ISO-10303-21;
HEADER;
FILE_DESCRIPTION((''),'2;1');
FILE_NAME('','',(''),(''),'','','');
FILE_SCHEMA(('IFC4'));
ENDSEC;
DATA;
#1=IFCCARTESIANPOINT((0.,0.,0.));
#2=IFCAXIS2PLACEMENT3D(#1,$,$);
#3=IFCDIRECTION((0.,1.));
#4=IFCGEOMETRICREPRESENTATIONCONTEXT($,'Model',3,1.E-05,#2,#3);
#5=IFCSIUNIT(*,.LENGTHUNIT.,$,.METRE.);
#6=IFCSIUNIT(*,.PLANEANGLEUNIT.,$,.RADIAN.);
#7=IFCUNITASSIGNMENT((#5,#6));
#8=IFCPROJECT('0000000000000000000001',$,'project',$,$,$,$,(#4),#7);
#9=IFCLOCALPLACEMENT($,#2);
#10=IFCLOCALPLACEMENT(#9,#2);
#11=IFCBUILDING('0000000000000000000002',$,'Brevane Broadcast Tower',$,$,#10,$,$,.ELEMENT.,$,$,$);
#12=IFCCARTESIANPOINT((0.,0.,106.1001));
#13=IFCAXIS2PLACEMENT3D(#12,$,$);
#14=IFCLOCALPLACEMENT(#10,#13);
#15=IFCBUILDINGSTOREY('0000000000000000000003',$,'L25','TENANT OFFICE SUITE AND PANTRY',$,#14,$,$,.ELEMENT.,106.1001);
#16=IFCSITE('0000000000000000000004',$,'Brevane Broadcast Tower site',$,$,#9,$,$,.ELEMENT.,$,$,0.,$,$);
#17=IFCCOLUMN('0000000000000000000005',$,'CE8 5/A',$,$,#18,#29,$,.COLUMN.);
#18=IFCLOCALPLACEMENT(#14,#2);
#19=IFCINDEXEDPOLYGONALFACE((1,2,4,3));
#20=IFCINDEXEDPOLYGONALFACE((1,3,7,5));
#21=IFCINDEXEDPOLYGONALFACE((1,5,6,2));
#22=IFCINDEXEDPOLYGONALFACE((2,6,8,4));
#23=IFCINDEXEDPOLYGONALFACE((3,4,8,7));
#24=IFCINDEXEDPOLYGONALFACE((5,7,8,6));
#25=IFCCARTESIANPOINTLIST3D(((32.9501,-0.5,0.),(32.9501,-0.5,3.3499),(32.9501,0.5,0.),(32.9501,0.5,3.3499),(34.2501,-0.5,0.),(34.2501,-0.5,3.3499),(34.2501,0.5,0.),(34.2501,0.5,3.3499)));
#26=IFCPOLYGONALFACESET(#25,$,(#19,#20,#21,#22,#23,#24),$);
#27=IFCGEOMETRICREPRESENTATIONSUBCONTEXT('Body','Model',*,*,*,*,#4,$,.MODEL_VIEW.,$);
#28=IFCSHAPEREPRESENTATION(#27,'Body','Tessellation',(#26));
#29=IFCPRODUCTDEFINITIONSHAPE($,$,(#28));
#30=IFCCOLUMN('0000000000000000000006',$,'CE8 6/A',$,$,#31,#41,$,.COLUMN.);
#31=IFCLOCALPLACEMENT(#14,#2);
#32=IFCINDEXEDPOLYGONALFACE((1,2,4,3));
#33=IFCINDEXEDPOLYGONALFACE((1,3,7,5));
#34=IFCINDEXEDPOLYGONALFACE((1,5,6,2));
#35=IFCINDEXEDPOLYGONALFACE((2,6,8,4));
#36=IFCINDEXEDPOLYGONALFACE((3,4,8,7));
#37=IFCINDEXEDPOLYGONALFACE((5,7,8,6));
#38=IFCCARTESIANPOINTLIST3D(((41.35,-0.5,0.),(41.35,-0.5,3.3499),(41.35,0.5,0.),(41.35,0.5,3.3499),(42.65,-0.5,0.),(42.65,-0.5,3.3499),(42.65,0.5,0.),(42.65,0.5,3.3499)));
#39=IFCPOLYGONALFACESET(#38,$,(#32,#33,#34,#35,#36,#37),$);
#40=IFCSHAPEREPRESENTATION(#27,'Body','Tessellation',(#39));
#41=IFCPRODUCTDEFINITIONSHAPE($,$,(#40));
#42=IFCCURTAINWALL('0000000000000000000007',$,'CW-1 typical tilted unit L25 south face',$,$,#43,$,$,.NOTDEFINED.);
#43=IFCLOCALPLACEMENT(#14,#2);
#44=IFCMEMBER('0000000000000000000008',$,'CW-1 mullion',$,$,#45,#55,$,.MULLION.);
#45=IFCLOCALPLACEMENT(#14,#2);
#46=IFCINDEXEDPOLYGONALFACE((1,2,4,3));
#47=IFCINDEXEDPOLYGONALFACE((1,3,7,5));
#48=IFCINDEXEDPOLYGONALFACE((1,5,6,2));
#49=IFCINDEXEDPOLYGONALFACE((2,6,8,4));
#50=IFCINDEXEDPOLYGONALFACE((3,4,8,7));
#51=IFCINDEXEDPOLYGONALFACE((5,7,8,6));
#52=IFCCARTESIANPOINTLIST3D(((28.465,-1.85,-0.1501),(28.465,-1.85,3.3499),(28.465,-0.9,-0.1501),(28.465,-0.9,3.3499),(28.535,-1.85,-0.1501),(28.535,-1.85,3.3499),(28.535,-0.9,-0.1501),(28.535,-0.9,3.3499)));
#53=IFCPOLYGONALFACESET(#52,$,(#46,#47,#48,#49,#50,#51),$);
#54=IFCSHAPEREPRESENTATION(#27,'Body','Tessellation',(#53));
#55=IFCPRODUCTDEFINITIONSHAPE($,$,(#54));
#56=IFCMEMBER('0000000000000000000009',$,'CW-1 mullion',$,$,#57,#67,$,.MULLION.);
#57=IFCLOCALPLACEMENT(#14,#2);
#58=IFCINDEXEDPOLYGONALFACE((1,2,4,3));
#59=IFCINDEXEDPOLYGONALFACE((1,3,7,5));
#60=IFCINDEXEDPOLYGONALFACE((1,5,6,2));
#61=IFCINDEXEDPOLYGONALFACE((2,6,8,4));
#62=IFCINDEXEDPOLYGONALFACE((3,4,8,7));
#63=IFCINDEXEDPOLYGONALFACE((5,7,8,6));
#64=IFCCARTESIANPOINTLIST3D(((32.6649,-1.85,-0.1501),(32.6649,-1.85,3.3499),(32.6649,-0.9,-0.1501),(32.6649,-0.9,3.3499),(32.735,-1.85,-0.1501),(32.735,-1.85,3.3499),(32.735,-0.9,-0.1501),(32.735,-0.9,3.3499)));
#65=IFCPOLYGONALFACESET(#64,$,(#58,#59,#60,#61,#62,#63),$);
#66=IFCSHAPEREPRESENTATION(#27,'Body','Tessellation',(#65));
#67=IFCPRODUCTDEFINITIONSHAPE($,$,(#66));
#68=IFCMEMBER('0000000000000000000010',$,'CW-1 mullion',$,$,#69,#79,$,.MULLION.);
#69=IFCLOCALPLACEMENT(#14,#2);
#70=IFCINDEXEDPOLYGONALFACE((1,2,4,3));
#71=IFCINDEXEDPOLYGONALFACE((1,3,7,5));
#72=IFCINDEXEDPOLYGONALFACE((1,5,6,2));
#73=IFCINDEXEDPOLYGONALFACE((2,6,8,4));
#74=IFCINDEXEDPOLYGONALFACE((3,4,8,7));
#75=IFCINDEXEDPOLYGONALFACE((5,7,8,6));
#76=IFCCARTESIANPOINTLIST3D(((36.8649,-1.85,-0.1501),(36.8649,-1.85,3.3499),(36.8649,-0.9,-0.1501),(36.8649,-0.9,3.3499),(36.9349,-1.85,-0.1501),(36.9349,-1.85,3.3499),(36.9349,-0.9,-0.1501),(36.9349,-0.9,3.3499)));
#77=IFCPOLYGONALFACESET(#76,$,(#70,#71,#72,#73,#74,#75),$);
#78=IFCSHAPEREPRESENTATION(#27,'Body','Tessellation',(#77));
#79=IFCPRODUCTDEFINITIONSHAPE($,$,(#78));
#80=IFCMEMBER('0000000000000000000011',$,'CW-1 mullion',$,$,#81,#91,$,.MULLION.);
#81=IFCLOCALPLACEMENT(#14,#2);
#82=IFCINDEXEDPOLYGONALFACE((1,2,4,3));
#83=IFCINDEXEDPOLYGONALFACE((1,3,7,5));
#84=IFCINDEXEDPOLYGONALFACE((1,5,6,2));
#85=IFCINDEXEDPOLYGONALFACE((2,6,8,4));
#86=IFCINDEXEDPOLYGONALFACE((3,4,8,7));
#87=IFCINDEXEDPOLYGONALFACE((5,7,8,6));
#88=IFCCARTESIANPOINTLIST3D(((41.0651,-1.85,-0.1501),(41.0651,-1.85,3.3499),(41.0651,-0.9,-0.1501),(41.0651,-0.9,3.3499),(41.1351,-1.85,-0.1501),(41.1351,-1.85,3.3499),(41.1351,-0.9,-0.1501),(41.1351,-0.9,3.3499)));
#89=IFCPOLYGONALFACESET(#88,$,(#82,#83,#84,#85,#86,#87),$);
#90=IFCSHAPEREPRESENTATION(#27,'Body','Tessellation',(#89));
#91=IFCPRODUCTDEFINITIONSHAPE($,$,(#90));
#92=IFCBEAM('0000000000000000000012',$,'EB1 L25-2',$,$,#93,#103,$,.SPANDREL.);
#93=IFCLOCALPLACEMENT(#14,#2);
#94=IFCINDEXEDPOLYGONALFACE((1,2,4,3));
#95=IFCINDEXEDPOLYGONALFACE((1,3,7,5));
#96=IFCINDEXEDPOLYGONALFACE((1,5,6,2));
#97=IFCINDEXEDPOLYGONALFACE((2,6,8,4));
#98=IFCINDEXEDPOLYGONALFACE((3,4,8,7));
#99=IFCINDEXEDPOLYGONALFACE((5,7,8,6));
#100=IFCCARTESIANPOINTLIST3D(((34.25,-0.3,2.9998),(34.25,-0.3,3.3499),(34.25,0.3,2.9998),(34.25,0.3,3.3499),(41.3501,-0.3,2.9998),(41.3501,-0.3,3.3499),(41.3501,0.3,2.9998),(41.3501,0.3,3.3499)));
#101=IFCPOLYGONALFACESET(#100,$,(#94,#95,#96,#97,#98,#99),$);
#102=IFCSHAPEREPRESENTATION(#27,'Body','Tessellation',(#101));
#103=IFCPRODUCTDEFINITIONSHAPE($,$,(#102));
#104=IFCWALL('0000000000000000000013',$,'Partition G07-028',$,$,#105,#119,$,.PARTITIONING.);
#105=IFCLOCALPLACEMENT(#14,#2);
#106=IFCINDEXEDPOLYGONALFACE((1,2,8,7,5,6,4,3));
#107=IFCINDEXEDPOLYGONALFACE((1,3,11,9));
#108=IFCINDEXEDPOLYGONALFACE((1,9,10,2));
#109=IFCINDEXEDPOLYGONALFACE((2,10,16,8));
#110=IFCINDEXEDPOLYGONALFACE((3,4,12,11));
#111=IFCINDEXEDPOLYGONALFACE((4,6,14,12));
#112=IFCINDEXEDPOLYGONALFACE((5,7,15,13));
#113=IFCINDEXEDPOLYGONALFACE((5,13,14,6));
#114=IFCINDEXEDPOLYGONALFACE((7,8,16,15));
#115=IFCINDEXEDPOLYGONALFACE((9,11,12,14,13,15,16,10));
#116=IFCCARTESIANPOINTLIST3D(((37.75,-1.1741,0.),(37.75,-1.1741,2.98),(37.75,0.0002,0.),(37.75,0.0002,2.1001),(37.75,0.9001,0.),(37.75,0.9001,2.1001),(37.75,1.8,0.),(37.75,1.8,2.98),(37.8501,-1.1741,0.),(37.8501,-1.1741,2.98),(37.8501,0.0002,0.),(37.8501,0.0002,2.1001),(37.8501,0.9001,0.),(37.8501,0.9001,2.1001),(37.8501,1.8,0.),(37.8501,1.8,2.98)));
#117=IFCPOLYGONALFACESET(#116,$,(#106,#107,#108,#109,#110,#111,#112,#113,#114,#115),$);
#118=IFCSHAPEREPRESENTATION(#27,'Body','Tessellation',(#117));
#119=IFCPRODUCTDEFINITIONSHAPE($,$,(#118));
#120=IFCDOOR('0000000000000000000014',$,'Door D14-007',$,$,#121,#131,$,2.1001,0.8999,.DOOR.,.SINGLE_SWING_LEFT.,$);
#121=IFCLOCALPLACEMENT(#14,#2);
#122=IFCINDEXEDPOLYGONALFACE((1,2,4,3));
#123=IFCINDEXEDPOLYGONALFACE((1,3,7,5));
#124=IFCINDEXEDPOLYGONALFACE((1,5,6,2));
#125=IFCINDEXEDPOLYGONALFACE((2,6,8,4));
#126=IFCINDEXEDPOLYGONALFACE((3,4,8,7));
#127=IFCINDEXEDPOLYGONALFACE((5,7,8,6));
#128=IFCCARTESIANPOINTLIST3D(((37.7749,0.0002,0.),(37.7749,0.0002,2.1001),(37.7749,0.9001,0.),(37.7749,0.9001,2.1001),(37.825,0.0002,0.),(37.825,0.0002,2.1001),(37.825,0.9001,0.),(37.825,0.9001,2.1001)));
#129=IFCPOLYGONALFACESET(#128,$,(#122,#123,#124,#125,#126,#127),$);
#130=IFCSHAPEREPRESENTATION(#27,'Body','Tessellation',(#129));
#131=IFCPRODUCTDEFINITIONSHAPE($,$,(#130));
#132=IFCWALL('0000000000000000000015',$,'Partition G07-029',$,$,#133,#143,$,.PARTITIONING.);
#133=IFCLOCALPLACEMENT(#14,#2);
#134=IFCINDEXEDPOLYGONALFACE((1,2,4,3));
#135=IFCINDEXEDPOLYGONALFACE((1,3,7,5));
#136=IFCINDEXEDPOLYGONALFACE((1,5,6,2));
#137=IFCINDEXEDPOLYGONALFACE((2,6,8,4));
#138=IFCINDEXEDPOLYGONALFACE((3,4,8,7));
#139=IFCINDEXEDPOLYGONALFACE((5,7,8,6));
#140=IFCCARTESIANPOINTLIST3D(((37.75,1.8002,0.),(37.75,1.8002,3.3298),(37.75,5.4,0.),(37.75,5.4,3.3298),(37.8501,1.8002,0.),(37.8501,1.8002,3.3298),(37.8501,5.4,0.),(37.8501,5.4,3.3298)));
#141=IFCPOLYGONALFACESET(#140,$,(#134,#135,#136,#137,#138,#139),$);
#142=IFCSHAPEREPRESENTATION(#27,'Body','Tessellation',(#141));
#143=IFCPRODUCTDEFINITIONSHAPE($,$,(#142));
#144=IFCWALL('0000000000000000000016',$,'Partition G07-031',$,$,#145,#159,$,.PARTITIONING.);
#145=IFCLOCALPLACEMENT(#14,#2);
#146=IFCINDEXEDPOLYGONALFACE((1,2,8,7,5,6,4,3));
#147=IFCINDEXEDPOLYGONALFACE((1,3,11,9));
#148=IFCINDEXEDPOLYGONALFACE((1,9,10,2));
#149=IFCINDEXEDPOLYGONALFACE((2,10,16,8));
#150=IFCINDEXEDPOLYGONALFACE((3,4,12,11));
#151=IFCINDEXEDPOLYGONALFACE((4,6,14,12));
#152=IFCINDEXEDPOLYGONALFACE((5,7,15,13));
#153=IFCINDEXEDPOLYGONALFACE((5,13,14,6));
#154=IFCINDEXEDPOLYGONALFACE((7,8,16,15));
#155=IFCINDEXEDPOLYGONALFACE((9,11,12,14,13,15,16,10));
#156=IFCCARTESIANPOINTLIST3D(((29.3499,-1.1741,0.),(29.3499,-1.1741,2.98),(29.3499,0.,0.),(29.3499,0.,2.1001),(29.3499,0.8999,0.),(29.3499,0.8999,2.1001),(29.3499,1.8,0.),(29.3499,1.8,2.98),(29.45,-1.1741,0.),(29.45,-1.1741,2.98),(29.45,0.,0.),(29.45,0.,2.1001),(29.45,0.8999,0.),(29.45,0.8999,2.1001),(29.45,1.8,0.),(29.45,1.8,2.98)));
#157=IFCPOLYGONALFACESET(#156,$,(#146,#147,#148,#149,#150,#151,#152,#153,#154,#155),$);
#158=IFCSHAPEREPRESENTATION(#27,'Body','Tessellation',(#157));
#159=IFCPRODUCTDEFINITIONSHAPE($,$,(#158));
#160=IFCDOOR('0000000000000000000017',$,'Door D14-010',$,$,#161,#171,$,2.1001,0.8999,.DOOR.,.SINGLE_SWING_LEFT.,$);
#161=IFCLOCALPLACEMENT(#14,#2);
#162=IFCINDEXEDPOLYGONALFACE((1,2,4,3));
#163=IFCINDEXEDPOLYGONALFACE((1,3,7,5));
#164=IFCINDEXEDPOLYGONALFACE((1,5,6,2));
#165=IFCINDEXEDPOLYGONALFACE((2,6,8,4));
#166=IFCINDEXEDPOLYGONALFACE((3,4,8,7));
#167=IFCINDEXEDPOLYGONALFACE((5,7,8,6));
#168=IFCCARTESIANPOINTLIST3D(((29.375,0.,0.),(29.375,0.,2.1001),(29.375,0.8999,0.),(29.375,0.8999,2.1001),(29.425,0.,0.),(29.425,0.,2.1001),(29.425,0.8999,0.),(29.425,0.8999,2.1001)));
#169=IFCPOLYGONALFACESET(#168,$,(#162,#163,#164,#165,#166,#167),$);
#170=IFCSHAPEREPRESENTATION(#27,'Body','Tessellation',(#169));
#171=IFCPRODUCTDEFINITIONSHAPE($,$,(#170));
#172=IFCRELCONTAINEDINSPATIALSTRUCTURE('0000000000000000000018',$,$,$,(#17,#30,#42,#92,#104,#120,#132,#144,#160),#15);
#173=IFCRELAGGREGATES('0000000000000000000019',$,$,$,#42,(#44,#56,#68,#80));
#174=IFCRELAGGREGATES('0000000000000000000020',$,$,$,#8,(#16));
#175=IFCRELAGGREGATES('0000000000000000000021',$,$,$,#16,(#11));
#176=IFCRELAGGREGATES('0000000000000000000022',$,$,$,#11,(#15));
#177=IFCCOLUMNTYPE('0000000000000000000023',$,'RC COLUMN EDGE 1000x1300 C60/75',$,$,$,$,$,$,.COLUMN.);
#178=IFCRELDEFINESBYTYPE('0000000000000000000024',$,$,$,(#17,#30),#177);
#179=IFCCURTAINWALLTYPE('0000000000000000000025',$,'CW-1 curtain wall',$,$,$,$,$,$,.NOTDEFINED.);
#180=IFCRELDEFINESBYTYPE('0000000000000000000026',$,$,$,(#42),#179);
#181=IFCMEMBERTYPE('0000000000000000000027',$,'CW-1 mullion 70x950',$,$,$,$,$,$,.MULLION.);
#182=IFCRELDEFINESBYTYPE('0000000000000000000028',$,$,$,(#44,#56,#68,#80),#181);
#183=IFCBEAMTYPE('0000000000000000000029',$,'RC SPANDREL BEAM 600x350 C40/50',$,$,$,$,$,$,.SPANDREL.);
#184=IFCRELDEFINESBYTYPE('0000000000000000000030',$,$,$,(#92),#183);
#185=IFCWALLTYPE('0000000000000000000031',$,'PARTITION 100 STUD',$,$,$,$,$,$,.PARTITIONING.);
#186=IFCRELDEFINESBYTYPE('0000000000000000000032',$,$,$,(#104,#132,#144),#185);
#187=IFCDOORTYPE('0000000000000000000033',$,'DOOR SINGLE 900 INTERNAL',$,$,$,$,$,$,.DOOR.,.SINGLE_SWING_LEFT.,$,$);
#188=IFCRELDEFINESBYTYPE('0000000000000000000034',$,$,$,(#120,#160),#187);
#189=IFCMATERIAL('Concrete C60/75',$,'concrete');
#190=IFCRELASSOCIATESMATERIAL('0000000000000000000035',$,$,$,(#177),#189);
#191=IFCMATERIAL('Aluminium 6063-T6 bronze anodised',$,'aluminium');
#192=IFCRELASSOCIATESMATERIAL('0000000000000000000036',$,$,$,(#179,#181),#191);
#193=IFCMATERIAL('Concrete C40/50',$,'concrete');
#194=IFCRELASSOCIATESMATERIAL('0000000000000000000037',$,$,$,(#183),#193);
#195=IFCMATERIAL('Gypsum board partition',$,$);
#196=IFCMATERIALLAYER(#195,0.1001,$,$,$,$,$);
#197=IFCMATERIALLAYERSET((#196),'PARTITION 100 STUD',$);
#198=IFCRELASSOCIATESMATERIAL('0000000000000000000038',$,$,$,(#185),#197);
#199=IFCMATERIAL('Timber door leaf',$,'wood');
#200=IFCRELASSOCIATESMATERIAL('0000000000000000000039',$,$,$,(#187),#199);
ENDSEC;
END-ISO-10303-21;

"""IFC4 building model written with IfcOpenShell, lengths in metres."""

from ifc_helpers import new_model, si_unit, direction, frame, frame_2d, origin, origin_2d, place, context, subcontext, project, spatial, rectangle, extrude, material, layer, layer_set, material_profile, profile_set, type_object, element, fill, aggregate, save


model = new_model("IFC4")

# Units and contexts
model_context = context("Model", 3, precision=1e-05, world=origin(), true_north=direction((0.0, 1.0)))
body_context = subcontext(model_context, "Body", "Model", "MODEL_VIEW")
ifc_project = project(units=[si_unit("LENGTHUNIT", "METRE"), si_unit("PLANEANGLEUNIT", "RADIAN")], contexts=[model_context])

# Site, building, storey
site_placement = place(None, origin())
site = spatial("IfcSite", under=ifc_project, at=site_placement, Name="Brevane Broadcast Tower site", CompositionType="ELEMENT", RefElevation=0.0)
building_placement = place(site_placement, origin())
building = spatial("IfcBuilding", under=site, at=building_placement, Name="Brevane Broadcast Tower", CompositionType="ELEMENT")
storey_placement = place(building_placement, frame((0.0, 0.0, 106.1001)))
storey = spatial("IfcBuildingStorey", under=building, at=storey_placement, Name="L25", Description="TENANT OFFICE SUITE AND PANTRY", CompositionType="ELEMENT", Elevation=106.1001)

# Columns
ifc_material_1 = material(Name="Concrete C60/75", Category="concrete")
ifc_material_profile_1 = material_profile(ifc_material_1, rectangle(XDim=1.0, YDim=1.3, at=origin_2d()), Name="RC 1000x1300")
ifc_profile_set_1 = profile_set([ifc_material_profile_1], Name="Concrete C60/75")
column_type = type_object("IfcColumnType", Name="RC COLUMN EDGE 1000x1300 C60/75", PredefinedType="COLUMN", material=ifc_profile_set_1)
for number, where, z_axis, x_axis, name in (
    (1, (33.6001, 0.0, 0.0), (0.0, 0.0, 1.0), (0.0, 1.0, 0.0), "CE8 5/A"),
    (2, (42.0, 0.0, 0.0), (0.0, 0.0, 1.0), (0.0, 1.0, 0.0), "CE8 6/A"),
):
    element("IfcColumn", number, at=place(storey_placement, frame(where, z_axis=z_axis, x_axis=x_axis)), inside=storey, type_object=column_type, Name=name, PredefinedType="COLUMN", context=body_context, shape_type="SweptSolid", body=[
        extrude(rectangle(XDim=1.0, YDim=1.3, at=origin_2d()), origin(), (0.0, 0.0, 1.0), 3.3499),
    ])

# Curtain wall, members
ifc_material_2 = material(Name="Aluminium 6063-T6 bronze anodised", Category="aluminium")
curtain_wall_type = type_object("IfcCurtainWallType", Name="CW-1 curtain wall", PredefinedType="NOTDEFINED", material=ifc_material_2)
curtain_wall_placement = place(storey_placement, origin())
curtain_wall = element("IfcCurtainWall", 3, at=curtain_wall_placement, inside=storey, type_object=curtain_wall_type, Name="CW-1 typical tilted unit L25 south face", PredefinedType="NOTDEFINED")
ifc_material_profile_2 = material_profile(ifc_material_2, rectangle(XDim=0.95, YDim=0.0701, at=origin_2d()), Name="RECT 70x950")
ifc_profile_set_2 = profile_set([ifc_material_profile_2], Name="Aluminium 6063-T6 bronze anodised")
member_type = type_object("IfcMemberType", Name="CW-1 mullion 70x950", PredefinedType="MULLION", material=ifc_profile_set_2)
member_1_placement = place(storey_placement, frame((28.5, -1.375, -0.1501), z_axis=(0.0, 0.0, 1.0), x_axis=(0.0, 1.0, 0.0)))
member_1 = element("IfcMember", 4, at=member_1_placement, type_object=member_type, Name="CW-1 mullion", PredefinedType="MULLION", context=body_context, shape_type="SweptSolid", body=[
    extrude(rectangle(XDim=0.95, YDim=0.0701, at=origin_2d()), origin(), (0.0, 0.0, 1.0), 3.5),
])
member_2_placement = place(storey_placement, frame((32.7, -1.375, -0.1501), z_axis=(0.0, 0.0, 1.0), x_axis=(0.0, 1.0, 0.0)))
member_2 = element("IfcMember", 5, at=member_2_placement, type_object=member_type, Name="CW-1 mullion", PredefinedType="MULLION", context=body_context, shape_type="SweptSolid", body=[
    extrude(rectangle(XDim=0.95, YDim=0.0701, at=origin_2d()), origin(), (0.0, 0.0, 1.0), 3.5),
])
member_3_placement = place(storey_placement, frame((36.8999, -1.375, -0.1501), z_axis=(0.0, 0.0, 1.0), x_axis=(0.0, 1.0, 0.0)))
member_3 = element("IfcMember", 6, at=member_3_placement, type_object=member_type, Name="CW-1 mullion", PredefinedType="MULLION", context=body_context, shape_type="SweptSolid", body=[
    extrude(rectangle(XDim=0.95, YDim=0.0701, at=origin_2d()), origin(), (0.0, 0.0, 1.0), 3.5),
])
member_4_placement = place(storey_placement, frame((41.1001, -1.375, -0.1501), z_axis=(0.0, 0.0, 1.0), x_axis=(0.0, 1.0, 0.0)))
member_4 = element("IfcMember", 7, at=member_4_placement, type_object=member_type, Name="CW-1 mullion", PredefinedType="MULLION", context=body_context, shape_type="SweptSolid", body=[
    extrude(rectangle(XDim=0.95, YDim=0.0701, at=origin_2d()), origin(), (0.0, 0.0, 1.0), 3.5),
])
aggregate(curtain_wall, [member_1, member_2, member_3, member_4])

# Beam
ifc_material_3 = material(Name="Concrete C40/50", Category="concrete")
ifc_material_profile_3 = material_profile(ifc_material_3, rectangle(XDim=0.6001, YDim=0.3501, at=origin_2d()), Name="RC 600x350")
ifc_profile_set_3 = profile_set([ifc_material_profile_3], Name="Concrete C40/50")
beam_type = type_object("IfcBeamType", Name="RC SPANDREL BEAM 600x350 C40/50", PredefinedType="SPANDREL", material=ifc_profile_set_3)
beam_placement = place(storey_placement, frame((34.25, 0.0, 3.1748), z_axis=(1.0, 0.0, 0.0), x_axis=(0.0, 1.0, 0.0)))
element("IfcBeam", 8, at=beam_placement, inside=storey, type_object=beam_type, Name="EB1 L25-2", PredefinedType="SPANDREL", context=body_context, shape_type="SweptSolid", body=[
    extrude(rectangle(XDim=0.6001, YDim=0.3501, at=origin_2d()), origin(), (0.0, 0.0, 1.0), 7.1001),
])

# Wall, opening, door
ifc_material_4 = material(Name="Gypsum board partition")
ifc_layer_1 = layer(ifc_material_4, 0.1001)
ifc_layer_set_1 = layer_set([ifc_layer_1], Name="PARTITION 100 STUD")
wall_type_1 = type_object("IfcWallType", Name="PARTITION 100 STUD", PredefinedType="PARTITIONING", material=ifc_layer_set_1)
wall_1_placement = place(storey_placement, frame((37.8, 1.8, 0.0), z_axis=(0.0, 0.0, 1.0), x_axis=(0.0, -1.0, 0.0)))
wall_1 = element("IfcWall", 9, at=wall_1_placement, inside=storey, type_object=wall_type_1, Name="Partition G07-028", PredefinedType="PARTITIONING", context=body_context, shape_type="SweptSolid", body=[
    extrude(rectangle(XDim=2.9741, YDim=0.1001, at=frame_2d((1.4871, 0.0))), origin(), (0.0, 0.0, 1.0), 2.98),
])
opening_1_placement = place(wall_1_placement, frame((0.8999, 0.0, 0.0)))
opening_1 = element("IfcOpeningElement", 10, at=opening_1_placement, cuts=wall_1, PredefinedType="OPENING", context=body_context, shape_type="SweptSolid", body=[
    extrude(rectangle(XDim=0.8999, YDim=2.1001, at=frame_2d((0.45, 1.05))), frame((0.0, 0.0601, 0.0), z_axis=(0.0, -1.0, 0.0), x_axis=(1.0, 0.0, 0.0)), (0.0, 0.0, 1.0), 0.1201),
])
ifc_material_5 = material(Name="Timber door leaf", Category="wood")
door_type = type_object("IfcDoorType", Name="DOOR SINGLE 900 INTERNAL", OperationType="SINGLE_SWING_LEFT", PredefinedType="DOOR", material=ifc_material_5)
door_1_placement = place(opening_1_placement, origin())
door_1 = element("IfcDoor", 11, at=door_1_placement, inside=storey, type_object=door_type, Name="Door D14-007", OperationType="SINGLE_SWING_LEFT", OverallHeight=2.1001, OverallWidth=0.8999, PredefinedType="DOOR", context=body_context, shape_type="SweptSolid", body=[
    extrude(rectangle(XDim=0.8999, YDim=2.1001, at=frame_2d((0.45, 1.05))), frame((0.0, 0.0249, 0.0), z_axis=(0.0, -1.0, 0.0), x_axis=(1.0, 0.0, 0.0)), (0.0, 0.0, 1.0), 0.05),
])
fill(opening_1, door_1)

# Wall
wall_2_placement = place(storey_placement, frame((37.8, 5.3999, 0.0), z_axis=(0.0, 0.0, 1.0), x_axis=(0.0, -1.0, 0.0)))
element("IfcWall", 12, at=wall_2_placement, inside=storey, type_object=wall_type_1, Name="Partition G07-029", PredefinedType="PARTITIONING", context=body_context, shape_type="SweptSolid", body=[
    extrude(rectangle(XDim=3.5999, YDim=0.1001, at=frame_2d((1.7998, 0.0))), origin(), (0.0, 0.0, 1.0), 3.3298),
])

# Wall, opening, door
wall_3_placement = place(storey_placement, frame((29.3999, -1.1741, 0.0), z_axis=(0.0, 0.0, 1.0), x_axis=(0.0, 1.0, 0.0)))
wall_3 = element("IfcWall", 13, at=wall_3_placement, inside=storey, type_object=wall_type_1, Name="Partition G07-031", PredefinedType="PARTITIONING", context=body_context, shape_type="SweptSolid", body=[
    extrude(rectangle(XDim=2.9741, YDim=0.1001, at=frame_2d((1.4871, 0.0))), origin(), (0.0, 0.0, 1.0), 2.98),
])
opening_2_placement = place(wall_3_placement, frame((1.1741, 0.0, 0.0)))
opening_2 = element("IfcOpeningElement", 14, at=opening_2_placement, cuts=wall_3, PredefinedType="OPENING", context=body_context, shape_type="SweptSolid", body=[
    extrude(rectangle(XDim=0.8999, YDim=2.1001, at=frame_2d((0.45, 1.05))), frame((0.0, 0.0601, 0.0), z_axis=(0.0, -1.0, 0.0), x_axis=(1.0, 0.0, 0.0)), (0.0, 0.0, 1.0), 0.1201),
])
door_2_placement = place(opening_2_placement, origin())
door_2 = element("IfcDoor", 15, at=door_2_placement, inside=storey, type_object=door_type, Name="Door D14-010", OperationType="SINGLE_SWING_LEFT", OverallHeight=2.1001, OverallWidth=0.8999, PredefinedType="DOOR", context=body_context, shape_type="SweptSolid", body=[
    extrude(rectangle(XDim=0.8999, YDim=2.1001, at=frame_2d((0.45, 1.05))), frame((0.0, 0.0249, 0.0), z_axis=(0.0, -1.0, 0.0), x_axis=(1.0, 0.0, 0.0)), (0.0, 0.0, 1.0), 0.05),
])
fill(opening_2, door_2)

save(model, "model.ifc")
